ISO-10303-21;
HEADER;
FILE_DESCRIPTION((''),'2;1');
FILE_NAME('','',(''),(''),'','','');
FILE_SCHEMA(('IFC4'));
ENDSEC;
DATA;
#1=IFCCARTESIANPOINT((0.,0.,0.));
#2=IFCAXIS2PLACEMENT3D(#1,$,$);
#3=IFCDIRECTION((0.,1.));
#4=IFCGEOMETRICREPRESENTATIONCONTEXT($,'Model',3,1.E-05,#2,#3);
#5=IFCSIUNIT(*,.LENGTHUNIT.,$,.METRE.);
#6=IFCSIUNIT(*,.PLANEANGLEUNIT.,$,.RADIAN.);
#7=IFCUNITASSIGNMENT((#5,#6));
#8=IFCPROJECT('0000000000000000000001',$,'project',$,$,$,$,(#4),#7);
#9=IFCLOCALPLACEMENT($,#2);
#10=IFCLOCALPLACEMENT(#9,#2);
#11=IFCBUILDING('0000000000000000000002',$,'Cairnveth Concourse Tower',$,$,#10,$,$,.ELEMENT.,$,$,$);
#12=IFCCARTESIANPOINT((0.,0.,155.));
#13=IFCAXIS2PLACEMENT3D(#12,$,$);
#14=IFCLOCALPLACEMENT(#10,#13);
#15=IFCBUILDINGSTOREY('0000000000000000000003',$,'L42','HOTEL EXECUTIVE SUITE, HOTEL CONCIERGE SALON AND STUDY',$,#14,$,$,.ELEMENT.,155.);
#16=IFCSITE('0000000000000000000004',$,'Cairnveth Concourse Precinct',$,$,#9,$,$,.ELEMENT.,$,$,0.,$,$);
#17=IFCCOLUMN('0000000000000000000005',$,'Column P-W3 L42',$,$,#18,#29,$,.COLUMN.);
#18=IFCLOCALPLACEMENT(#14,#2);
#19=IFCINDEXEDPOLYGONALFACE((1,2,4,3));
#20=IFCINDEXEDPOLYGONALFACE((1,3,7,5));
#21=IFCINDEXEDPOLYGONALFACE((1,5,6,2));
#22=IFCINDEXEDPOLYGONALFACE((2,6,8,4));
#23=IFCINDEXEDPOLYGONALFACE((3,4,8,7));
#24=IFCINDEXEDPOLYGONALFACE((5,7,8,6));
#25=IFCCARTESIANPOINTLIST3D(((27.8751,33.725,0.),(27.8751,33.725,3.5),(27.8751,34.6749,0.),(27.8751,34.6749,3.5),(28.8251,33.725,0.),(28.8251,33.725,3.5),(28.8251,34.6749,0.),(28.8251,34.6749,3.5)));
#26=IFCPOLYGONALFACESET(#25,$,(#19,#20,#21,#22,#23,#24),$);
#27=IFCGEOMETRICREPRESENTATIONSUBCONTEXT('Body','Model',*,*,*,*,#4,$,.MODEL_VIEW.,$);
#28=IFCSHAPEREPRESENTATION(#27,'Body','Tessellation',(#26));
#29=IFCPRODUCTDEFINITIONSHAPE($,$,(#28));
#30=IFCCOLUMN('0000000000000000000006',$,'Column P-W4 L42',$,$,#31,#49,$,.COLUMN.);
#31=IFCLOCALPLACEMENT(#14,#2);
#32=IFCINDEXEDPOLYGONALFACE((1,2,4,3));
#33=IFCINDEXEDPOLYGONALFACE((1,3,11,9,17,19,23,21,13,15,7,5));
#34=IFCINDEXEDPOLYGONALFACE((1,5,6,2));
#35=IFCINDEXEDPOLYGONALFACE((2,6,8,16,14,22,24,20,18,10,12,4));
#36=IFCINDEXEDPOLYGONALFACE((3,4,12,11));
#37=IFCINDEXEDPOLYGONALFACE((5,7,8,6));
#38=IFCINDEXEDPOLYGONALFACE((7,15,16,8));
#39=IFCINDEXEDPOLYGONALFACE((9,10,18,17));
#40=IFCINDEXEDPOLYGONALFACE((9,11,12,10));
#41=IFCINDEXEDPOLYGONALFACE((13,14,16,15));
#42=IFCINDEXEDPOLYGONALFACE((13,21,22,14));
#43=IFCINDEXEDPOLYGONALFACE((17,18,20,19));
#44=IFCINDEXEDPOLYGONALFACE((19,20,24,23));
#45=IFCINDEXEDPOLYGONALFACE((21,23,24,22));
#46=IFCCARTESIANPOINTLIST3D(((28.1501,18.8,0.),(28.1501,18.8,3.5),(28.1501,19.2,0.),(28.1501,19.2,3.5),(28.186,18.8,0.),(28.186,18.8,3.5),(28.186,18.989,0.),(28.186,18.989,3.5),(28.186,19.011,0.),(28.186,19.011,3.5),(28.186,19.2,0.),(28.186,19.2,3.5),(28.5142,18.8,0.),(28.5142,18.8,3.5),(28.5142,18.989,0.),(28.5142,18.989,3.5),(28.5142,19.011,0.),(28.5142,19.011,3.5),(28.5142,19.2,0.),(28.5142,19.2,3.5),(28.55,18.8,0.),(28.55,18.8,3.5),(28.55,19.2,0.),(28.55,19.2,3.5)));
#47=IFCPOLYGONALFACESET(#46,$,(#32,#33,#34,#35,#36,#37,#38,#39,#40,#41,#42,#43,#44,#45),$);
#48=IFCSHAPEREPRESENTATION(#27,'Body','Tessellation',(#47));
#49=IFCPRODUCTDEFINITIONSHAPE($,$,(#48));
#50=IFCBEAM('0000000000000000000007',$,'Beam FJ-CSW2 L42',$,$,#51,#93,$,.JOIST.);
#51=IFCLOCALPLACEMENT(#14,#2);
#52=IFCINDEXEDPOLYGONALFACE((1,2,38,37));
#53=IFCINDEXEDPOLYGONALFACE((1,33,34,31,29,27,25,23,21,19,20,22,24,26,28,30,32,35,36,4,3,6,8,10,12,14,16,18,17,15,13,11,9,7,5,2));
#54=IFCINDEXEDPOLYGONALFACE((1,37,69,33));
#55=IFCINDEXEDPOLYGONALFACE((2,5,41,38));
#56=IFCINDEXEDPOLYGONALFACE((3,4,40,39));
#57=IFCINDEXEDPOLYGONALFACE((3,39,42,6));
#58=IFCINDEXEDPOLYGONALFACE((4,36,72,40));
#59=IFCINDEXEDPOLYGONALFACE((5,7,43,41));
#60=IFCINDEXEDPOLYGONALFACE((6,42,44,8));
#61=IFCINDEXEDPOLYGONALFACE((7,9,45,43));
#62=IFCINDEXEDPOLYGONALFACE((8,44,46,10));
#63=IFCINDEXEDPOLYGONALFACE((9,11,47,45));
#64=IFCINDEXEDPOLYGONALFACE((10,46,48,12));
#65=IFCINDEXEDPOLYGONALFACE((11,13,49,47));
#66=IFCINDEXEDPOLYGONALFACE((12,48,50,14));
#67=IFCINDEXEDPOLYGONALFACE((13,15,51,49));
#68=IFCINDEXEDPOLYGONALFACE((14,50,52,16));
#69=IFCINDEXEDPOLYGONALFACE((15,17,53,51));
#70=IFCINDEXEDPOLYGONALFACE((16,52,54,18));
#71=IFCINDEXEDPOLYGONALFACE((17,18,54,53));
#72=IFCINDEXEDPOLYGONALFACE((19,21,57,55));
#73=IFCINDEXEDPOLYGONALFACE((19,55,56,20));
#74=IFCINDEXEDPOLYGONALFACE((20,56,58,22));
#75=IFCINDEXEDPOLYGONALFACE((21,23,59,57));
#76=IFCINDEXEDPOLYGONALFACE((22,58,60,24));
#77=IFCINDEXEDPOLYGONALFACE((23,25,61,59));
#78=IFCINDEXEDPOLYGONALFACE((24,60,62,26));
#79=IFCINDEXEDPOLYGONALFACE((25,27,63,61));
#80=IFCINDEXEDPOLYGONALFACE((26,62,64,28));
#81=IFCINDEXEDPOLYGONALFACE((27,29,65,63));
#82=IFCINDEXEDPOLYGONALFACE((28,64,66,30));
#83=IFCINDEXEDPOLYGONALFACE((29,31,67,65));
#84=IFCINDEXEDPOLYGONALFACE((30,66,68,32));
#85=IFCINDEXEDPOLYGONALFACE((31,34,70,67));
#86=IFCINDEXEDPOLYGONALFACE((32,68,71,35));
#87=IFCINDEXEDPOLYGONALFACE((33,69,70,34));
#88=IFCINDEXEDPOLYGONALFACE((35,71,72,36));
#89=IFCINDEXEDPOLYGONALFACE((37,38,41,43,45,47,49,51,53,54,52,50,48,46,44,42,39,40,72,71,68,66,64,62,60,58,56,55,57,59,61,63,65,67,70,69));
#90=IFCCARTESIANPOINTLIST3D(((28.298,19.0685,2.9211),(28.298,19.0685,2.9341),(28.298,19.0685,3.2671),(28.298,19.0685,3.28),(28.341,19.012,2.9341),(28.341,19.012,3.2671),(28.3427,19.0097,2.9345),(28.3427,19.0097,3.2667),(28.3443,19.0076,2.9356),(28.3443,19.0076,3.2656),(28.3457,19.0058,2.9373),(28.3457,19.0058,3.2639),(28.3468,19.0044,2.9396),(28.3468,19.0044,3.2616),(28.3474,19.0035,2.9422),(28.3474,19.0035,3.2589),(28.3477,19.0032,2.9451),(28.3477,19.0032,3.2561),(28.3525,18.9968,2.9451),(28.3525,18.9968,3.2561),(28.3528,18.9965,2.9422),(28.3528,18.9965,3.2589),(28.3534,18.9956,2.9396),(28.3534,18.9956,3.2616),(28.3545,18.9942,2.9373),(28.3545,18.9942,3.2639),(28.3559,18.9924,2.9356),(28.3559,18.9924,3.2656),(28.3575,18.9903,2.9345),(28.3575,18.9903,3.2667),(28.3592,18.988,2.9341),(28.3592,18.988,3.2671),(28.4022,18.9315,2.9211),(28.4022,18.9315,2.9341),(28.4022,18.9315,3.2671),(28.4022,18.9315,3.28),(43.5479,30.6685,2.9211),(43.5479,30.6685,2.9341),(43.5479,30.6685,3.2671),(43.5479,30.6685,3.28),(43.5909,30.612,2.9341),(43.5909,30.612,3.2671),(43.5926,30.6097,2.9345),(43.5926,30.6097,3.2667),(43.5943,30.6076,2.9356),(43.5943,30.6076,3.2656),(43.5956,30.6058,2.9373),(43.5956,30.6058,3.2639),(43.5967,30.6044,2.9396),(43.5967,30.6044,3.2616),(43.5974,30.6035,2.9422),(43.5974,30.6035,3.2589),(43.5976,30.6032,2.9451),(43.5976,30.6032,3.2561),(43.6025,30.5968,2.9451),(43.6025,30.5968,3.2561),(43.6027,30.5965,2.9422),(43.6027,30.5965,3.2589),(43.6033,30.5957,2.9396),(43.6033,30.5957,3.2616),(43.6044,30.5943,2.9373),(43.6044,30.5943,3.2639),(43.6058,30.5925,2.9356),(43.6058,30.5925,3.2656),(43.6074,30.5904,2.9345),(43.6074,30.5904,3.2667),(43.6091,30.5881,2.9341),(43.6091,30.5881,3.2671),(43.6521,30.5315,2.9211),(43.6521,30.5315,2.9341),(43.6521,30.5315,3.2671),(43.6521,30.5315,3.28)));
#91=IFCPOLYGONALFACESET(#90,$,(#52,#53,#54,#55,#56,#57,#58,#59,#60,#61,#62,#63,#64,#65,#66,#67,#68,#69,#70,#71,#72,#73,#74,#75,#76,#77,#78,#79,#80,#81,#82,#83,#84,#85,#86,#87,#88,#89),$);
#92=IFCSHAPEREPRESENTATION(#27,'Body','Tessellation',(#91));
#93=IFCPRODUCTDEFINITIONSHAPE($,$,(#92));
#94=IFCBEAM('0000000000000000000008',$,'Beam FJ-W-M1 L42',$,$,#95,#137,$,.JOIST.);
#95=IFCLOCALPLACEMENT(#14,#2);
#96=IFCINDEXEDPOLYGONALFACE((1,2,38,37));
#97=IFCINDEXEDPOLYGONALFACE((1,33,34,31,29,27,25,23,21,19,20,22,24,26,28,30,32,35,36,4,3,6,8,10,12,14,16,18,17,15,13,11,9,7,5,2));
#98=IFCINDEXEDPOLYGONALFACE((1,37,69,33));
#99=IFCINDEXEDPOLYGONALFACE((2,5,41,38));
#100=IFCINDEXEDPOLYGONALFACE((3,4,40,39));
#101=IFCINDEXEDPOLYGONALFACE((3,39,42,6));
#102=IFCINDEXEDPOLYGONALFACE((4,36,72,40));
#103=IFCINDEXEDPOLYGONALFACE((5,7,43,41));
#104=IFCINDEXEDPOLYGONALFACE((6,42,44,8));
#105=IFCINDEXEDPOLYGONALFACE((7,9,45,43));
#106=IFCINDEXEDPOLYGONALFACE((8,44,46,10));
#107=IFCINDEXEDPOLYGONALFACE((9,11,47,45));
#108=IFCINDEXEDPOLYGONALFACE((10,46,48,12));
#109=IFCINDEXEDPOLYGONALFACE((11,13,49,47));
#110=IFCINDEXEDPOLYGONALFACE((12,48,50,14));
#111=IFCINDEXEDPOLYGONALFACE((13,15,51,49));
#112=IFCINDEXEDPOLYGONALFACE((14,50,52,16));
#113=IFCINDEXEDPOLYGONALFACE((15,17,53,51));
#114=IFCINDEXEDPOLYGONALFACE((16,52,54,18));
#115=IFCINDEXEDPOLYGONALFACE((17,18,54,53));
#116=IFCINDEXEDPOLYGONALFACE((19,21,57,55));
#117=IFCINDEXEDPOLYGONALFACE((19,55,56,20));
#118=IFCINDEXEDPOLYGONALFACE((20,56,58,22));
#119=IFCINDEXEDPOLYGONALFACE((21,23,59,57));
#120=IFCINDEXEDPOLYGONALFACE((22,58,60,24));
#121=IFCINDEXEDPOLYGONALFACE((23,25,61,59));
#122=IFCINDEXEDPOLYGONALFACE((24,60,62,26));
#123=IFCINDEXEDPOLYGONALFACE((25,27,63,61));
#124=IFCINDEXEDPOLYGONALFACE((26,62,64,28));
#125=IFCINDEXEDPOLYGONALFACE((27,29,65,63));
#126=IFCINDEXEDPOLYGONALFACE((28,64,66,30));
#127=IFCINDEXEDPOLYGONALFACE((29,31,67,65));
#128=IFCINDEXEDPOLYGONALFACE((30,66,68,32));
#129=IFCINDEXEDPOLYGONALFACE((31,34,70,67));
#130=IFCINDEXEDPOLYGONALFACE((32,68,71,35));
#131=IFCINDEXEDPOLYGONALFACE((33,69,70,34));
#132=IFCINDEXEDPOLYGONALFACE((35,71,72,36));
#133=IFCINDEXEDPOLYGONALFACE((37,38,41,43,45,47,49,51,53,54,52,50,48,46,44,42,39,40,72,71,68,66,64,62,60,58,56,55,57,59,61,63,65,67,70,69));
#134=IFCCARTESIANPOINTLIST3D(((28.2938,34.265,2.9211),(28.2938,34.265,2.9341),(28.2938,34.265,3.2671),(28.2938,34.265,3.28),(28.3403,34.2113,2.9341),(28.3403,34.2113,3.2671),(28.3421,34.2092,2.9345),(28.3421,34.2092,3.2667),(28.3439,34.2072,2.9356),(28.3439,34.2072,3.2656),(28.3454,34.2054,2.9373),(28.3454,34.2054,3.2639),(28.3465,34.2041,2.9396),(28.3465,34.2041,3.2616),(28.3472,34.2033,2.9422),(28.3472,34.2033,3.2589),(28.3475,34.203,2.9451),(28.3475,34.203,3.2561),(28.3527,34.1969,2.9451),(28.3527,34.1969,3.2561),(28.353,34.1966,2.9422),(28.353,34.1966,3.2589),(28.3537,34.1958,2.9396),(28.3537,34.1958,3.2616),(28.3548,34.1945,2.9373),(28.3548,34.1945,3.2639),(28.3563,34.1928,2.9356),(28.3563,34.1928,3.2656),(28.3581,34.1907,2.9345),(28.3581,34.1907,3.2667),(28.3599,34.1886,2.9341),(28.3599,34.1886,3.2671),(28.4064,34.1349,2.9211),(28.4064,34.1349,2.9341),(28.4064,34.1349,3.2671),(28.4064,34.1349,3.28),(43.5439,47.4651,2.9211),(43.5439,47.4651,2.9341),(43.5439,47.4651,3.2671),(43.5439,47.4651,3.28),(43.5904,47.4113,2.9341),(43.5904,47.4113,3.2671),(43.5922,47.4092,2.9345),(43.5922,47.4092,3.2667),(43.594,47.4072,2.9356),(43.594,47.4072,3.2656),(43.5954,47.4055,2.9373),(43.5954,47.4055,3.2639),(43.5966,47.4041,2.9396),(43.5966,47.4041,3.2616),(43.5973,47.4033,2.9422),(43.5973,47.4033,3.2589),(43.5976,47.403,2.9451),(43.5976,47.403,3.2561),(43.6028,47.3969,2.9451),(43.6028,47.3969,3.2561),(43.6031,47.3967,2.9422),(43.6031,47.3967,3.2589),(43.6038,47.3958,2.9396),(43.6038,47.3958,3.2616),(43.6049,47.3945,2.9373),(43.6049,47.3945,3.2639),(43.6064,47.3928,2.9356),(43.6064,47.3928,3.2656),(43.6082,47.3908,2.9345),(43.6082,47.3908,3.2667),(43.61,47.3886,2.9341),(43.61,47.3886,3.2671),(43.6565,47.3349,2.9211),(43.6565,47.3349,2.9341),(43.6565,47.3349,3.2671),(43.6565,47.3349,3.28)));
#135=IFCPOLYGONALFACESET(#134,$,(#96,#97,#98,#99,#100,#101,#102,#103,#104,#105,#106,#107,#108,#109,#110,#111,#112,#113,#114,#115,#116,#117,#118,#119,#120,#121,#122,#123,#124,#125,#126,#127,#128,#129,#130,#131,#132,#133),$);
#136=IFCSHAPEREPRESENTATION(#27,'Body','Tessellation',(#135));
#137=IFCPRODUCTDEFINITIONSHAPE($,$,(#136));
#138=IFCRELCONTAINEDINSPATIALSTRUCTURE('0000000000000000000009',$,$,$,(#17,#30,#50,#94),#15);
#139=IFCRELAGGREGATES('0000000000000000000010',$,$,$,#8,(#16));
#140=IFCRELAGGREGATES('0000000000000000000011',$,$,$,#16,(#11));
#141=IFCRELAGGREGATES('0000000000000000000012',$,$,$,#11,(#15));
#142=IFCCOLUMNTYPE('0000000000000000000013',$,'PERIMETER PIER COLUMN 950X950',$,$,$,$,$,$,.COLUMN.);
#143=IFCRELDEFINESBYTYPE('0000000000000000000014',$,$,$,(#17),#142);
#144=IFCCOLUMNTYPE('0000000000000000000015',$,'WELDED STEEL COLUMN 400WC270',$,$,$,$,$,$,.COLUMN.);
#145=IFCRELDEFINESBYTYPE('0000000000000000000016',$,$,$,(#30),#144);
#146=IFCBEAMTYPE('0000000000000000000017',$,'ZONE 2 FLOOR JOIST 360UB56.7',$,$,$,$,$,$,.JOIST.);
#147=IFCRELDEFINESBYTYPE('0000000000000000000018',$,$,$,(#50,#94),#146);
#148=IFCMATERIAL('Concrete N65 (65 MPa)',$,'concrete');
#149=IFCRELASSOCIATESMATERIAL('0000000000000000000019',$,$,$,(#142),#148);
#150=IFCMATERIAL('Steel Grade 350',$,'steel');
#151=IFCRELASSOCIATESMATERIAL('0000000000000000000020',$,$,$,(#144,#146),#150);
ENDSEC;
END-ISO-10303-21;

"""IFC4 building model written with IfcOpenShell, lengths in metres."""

from ifc_helpers import new_model, si_unit, direction, frame, origin, origin_2d, place, context, subcontext, project, spatial, rectangle, i_section, extrude, material, material_profile, profile_set, type_object, element, save


model = new_model("IFC4")

# Units and contexts
model_context = context("Model", 3, precision=1e-05, world=origin(), true_north=direction((0.0, 1.0)))
body_context = subcontext(model_context, "Body", "Model", "MODEL_VIEW")
ifc_project = project(units=[si_unit("LENGTHUNIT", "METRE"), si_unit("PLANEANGLEUNIT", "RADIAN")], contexts=[model_context])

# Site, building, storey
site_placement = place(None, origin())
site = spatial("IfcSite", under=ifc_project, at=site_placement, Name="Cairnveth Concourse Precinct", CompositionType="ELEMENT", RefElevation=0.0)
building_placement = place(site_placement, origin())
building = spatial("IfcBuilding", under=site, at=building_placement, Name="Cairnveth Concourse Tower", CompositionType="ELEMENT")
storey_placement = place(building_placement, frame((0.0, 0.0, 155.0)))
storey = spatial("IfcBuildingStorey", under=building, at=storey_placement, Name="L42", Description="HOTEL EXECUTIVE SUITE, HOTEL CONCIERGE SALON AND STUDY", CompositionType="ELEMENT", Elevation=155.0)

# Columns
ifc_material_1 = material(Name="Concrete N65 (65 MPa)", Category="concrete")
ifc_material_profile_1 = material_profile(ifc_material_1, rectangle(XDim=0.95, YDim=0.95, at=origin_2d()), Name="RC-COL-950x950")
ifc_profile_set_1 = profile_set([ifc_material_profile_1], Name="Concrete N65 (65 MPa)")
column_type_1 = type_object("IfcColumnType", Name="PERIMETER PIER COLUMN 950X950", PredefinedType="COLUMN", material=ifc_profile_set_1)
column_1_placement = place(storey_placement, frame((28.3501, 34.2, 0.0), z_axis=(0.0, 0.0, 1.0), x_axis=(0.0, 1.0, 0.0)))
element("IfcColumn", 1, at=column_1_placement, inside=storey, type_object=column_type_1, Name="Column P-W3 L42", PredefinedType="COLUMN", context=body_context, shape_type="SweptSolid", body=[
    extrude(rectangle(XDim=0.95, YDim=0.95, at=origin_2d()), origin(), (0.0, 0.0, 1.0), 3.5),
])
ifc_material_2 = material(Name="Steel Grade 350", Category="steel")
ifc_material_profile_2 = material_profile(ifc_material_2, i_section(OverallWidth=0.3999, OverallDepth=0.3999, WebThickness=0.022, FlangeThickness=0.0359, at=origin_2d()), Name="400WC270")
ifc_profile_set_2 = profile_set([ifc_material_profile_2], Name="Steel Grade 350")
column_type_2 = type_object("IfcColumnType", Name="WELDED STEEL COLUMN 400WC270", PredefinedType="COLUMN", material=ifc_profile_set_2)
column_2_placement = place(storey_placement, frame((28.3501, 19.0, 0.0), z_axis=(0.0, 0.0, 1.0), x_axis=(0.0, 1.0, 0.0)))
element("IfcColumn", 2, at=column_2_placement, inside=storey, type_object=column_type_2, Name="Column P-W4 L42", PredefinedType="COLUMN", context=body_context, shape_type="SweptSolid", body=[
    extrude(i_section(OverallWidth=0.3999, OverallDepth=0.3999, WebThickness=0.022, FlangeThickness=0.0359, at=origin_2d()), origin(), (0.0, 0.0, 1.0), 3.5),
])

# Beams
ifc_material_profile_3 = material_profile(ifc_material_2, i_section(OverallWidth=0.1721, OverallDepth=0.3589, WebThickness=0.0081, FlangeThickness=0.0129, FilletRadius=0.011, at=origin_2d()), Name="360UB56.7")
ifc_profile_set_3 = profile_set([ifc_material_profile_3], Name="Steel Grade 350")
beam_type_1 = type_object("IfcBeamType", Name="ZONE 2 FLOOR JOIST 360UB56.7", PredefinedType="JOIST", material=ifc_profile_set_3)
beam_1_placement = place(storey_placement, frame((28.3501, 19.0, 3.1006), z_axis=(0.795908, 0.605417, 0.0), x_axis=(-0.605417, 0.795908, 0.0)))
element("IfcBeam", 3, at=beam_1_placement, inside=storey, type_object=beam_type_1, Name="Beam FJ-CSW2 L42", PredefinedType="JOIST", context=body_context, shape_type="SweptSolid", body=[
    extrude(i_section(OverallWidth=0.1721, OverallDepth=0.3589, WebThickness=0.0081, FlangeThickness=0.0129, FilletRadius=0.011, at=origin_2d()), origin(), (0.0, 0.0, 1.0), 19.1604),
])
beam_2_placement = place(storey_placement, frame((28.3501, 34.2, 3.1006), z_axis=(0.756099, 0.654457, 0.0), x_axis=(-0.654457, 0.756099, 0.0)))
element("IfcBeam", 4, at=beam_2_placement, inside=storey, type_object=beam_type_1, Name="Beam FJ-W-M1 L42", PredefinedType="JOIST", context=body_context, shape_type="SweptSolid", body=[
    extrude(i_section(OverallWidth=0.1721, OverallDepth=0.3589, WebThickness=0.0081, FlangeThickness=0.0129, FilletRadius=0.011, at=origin_2d()), origin(), (0.0, 0.0, 1.0), 20.1694),
])

save(model, "model.ifc")
